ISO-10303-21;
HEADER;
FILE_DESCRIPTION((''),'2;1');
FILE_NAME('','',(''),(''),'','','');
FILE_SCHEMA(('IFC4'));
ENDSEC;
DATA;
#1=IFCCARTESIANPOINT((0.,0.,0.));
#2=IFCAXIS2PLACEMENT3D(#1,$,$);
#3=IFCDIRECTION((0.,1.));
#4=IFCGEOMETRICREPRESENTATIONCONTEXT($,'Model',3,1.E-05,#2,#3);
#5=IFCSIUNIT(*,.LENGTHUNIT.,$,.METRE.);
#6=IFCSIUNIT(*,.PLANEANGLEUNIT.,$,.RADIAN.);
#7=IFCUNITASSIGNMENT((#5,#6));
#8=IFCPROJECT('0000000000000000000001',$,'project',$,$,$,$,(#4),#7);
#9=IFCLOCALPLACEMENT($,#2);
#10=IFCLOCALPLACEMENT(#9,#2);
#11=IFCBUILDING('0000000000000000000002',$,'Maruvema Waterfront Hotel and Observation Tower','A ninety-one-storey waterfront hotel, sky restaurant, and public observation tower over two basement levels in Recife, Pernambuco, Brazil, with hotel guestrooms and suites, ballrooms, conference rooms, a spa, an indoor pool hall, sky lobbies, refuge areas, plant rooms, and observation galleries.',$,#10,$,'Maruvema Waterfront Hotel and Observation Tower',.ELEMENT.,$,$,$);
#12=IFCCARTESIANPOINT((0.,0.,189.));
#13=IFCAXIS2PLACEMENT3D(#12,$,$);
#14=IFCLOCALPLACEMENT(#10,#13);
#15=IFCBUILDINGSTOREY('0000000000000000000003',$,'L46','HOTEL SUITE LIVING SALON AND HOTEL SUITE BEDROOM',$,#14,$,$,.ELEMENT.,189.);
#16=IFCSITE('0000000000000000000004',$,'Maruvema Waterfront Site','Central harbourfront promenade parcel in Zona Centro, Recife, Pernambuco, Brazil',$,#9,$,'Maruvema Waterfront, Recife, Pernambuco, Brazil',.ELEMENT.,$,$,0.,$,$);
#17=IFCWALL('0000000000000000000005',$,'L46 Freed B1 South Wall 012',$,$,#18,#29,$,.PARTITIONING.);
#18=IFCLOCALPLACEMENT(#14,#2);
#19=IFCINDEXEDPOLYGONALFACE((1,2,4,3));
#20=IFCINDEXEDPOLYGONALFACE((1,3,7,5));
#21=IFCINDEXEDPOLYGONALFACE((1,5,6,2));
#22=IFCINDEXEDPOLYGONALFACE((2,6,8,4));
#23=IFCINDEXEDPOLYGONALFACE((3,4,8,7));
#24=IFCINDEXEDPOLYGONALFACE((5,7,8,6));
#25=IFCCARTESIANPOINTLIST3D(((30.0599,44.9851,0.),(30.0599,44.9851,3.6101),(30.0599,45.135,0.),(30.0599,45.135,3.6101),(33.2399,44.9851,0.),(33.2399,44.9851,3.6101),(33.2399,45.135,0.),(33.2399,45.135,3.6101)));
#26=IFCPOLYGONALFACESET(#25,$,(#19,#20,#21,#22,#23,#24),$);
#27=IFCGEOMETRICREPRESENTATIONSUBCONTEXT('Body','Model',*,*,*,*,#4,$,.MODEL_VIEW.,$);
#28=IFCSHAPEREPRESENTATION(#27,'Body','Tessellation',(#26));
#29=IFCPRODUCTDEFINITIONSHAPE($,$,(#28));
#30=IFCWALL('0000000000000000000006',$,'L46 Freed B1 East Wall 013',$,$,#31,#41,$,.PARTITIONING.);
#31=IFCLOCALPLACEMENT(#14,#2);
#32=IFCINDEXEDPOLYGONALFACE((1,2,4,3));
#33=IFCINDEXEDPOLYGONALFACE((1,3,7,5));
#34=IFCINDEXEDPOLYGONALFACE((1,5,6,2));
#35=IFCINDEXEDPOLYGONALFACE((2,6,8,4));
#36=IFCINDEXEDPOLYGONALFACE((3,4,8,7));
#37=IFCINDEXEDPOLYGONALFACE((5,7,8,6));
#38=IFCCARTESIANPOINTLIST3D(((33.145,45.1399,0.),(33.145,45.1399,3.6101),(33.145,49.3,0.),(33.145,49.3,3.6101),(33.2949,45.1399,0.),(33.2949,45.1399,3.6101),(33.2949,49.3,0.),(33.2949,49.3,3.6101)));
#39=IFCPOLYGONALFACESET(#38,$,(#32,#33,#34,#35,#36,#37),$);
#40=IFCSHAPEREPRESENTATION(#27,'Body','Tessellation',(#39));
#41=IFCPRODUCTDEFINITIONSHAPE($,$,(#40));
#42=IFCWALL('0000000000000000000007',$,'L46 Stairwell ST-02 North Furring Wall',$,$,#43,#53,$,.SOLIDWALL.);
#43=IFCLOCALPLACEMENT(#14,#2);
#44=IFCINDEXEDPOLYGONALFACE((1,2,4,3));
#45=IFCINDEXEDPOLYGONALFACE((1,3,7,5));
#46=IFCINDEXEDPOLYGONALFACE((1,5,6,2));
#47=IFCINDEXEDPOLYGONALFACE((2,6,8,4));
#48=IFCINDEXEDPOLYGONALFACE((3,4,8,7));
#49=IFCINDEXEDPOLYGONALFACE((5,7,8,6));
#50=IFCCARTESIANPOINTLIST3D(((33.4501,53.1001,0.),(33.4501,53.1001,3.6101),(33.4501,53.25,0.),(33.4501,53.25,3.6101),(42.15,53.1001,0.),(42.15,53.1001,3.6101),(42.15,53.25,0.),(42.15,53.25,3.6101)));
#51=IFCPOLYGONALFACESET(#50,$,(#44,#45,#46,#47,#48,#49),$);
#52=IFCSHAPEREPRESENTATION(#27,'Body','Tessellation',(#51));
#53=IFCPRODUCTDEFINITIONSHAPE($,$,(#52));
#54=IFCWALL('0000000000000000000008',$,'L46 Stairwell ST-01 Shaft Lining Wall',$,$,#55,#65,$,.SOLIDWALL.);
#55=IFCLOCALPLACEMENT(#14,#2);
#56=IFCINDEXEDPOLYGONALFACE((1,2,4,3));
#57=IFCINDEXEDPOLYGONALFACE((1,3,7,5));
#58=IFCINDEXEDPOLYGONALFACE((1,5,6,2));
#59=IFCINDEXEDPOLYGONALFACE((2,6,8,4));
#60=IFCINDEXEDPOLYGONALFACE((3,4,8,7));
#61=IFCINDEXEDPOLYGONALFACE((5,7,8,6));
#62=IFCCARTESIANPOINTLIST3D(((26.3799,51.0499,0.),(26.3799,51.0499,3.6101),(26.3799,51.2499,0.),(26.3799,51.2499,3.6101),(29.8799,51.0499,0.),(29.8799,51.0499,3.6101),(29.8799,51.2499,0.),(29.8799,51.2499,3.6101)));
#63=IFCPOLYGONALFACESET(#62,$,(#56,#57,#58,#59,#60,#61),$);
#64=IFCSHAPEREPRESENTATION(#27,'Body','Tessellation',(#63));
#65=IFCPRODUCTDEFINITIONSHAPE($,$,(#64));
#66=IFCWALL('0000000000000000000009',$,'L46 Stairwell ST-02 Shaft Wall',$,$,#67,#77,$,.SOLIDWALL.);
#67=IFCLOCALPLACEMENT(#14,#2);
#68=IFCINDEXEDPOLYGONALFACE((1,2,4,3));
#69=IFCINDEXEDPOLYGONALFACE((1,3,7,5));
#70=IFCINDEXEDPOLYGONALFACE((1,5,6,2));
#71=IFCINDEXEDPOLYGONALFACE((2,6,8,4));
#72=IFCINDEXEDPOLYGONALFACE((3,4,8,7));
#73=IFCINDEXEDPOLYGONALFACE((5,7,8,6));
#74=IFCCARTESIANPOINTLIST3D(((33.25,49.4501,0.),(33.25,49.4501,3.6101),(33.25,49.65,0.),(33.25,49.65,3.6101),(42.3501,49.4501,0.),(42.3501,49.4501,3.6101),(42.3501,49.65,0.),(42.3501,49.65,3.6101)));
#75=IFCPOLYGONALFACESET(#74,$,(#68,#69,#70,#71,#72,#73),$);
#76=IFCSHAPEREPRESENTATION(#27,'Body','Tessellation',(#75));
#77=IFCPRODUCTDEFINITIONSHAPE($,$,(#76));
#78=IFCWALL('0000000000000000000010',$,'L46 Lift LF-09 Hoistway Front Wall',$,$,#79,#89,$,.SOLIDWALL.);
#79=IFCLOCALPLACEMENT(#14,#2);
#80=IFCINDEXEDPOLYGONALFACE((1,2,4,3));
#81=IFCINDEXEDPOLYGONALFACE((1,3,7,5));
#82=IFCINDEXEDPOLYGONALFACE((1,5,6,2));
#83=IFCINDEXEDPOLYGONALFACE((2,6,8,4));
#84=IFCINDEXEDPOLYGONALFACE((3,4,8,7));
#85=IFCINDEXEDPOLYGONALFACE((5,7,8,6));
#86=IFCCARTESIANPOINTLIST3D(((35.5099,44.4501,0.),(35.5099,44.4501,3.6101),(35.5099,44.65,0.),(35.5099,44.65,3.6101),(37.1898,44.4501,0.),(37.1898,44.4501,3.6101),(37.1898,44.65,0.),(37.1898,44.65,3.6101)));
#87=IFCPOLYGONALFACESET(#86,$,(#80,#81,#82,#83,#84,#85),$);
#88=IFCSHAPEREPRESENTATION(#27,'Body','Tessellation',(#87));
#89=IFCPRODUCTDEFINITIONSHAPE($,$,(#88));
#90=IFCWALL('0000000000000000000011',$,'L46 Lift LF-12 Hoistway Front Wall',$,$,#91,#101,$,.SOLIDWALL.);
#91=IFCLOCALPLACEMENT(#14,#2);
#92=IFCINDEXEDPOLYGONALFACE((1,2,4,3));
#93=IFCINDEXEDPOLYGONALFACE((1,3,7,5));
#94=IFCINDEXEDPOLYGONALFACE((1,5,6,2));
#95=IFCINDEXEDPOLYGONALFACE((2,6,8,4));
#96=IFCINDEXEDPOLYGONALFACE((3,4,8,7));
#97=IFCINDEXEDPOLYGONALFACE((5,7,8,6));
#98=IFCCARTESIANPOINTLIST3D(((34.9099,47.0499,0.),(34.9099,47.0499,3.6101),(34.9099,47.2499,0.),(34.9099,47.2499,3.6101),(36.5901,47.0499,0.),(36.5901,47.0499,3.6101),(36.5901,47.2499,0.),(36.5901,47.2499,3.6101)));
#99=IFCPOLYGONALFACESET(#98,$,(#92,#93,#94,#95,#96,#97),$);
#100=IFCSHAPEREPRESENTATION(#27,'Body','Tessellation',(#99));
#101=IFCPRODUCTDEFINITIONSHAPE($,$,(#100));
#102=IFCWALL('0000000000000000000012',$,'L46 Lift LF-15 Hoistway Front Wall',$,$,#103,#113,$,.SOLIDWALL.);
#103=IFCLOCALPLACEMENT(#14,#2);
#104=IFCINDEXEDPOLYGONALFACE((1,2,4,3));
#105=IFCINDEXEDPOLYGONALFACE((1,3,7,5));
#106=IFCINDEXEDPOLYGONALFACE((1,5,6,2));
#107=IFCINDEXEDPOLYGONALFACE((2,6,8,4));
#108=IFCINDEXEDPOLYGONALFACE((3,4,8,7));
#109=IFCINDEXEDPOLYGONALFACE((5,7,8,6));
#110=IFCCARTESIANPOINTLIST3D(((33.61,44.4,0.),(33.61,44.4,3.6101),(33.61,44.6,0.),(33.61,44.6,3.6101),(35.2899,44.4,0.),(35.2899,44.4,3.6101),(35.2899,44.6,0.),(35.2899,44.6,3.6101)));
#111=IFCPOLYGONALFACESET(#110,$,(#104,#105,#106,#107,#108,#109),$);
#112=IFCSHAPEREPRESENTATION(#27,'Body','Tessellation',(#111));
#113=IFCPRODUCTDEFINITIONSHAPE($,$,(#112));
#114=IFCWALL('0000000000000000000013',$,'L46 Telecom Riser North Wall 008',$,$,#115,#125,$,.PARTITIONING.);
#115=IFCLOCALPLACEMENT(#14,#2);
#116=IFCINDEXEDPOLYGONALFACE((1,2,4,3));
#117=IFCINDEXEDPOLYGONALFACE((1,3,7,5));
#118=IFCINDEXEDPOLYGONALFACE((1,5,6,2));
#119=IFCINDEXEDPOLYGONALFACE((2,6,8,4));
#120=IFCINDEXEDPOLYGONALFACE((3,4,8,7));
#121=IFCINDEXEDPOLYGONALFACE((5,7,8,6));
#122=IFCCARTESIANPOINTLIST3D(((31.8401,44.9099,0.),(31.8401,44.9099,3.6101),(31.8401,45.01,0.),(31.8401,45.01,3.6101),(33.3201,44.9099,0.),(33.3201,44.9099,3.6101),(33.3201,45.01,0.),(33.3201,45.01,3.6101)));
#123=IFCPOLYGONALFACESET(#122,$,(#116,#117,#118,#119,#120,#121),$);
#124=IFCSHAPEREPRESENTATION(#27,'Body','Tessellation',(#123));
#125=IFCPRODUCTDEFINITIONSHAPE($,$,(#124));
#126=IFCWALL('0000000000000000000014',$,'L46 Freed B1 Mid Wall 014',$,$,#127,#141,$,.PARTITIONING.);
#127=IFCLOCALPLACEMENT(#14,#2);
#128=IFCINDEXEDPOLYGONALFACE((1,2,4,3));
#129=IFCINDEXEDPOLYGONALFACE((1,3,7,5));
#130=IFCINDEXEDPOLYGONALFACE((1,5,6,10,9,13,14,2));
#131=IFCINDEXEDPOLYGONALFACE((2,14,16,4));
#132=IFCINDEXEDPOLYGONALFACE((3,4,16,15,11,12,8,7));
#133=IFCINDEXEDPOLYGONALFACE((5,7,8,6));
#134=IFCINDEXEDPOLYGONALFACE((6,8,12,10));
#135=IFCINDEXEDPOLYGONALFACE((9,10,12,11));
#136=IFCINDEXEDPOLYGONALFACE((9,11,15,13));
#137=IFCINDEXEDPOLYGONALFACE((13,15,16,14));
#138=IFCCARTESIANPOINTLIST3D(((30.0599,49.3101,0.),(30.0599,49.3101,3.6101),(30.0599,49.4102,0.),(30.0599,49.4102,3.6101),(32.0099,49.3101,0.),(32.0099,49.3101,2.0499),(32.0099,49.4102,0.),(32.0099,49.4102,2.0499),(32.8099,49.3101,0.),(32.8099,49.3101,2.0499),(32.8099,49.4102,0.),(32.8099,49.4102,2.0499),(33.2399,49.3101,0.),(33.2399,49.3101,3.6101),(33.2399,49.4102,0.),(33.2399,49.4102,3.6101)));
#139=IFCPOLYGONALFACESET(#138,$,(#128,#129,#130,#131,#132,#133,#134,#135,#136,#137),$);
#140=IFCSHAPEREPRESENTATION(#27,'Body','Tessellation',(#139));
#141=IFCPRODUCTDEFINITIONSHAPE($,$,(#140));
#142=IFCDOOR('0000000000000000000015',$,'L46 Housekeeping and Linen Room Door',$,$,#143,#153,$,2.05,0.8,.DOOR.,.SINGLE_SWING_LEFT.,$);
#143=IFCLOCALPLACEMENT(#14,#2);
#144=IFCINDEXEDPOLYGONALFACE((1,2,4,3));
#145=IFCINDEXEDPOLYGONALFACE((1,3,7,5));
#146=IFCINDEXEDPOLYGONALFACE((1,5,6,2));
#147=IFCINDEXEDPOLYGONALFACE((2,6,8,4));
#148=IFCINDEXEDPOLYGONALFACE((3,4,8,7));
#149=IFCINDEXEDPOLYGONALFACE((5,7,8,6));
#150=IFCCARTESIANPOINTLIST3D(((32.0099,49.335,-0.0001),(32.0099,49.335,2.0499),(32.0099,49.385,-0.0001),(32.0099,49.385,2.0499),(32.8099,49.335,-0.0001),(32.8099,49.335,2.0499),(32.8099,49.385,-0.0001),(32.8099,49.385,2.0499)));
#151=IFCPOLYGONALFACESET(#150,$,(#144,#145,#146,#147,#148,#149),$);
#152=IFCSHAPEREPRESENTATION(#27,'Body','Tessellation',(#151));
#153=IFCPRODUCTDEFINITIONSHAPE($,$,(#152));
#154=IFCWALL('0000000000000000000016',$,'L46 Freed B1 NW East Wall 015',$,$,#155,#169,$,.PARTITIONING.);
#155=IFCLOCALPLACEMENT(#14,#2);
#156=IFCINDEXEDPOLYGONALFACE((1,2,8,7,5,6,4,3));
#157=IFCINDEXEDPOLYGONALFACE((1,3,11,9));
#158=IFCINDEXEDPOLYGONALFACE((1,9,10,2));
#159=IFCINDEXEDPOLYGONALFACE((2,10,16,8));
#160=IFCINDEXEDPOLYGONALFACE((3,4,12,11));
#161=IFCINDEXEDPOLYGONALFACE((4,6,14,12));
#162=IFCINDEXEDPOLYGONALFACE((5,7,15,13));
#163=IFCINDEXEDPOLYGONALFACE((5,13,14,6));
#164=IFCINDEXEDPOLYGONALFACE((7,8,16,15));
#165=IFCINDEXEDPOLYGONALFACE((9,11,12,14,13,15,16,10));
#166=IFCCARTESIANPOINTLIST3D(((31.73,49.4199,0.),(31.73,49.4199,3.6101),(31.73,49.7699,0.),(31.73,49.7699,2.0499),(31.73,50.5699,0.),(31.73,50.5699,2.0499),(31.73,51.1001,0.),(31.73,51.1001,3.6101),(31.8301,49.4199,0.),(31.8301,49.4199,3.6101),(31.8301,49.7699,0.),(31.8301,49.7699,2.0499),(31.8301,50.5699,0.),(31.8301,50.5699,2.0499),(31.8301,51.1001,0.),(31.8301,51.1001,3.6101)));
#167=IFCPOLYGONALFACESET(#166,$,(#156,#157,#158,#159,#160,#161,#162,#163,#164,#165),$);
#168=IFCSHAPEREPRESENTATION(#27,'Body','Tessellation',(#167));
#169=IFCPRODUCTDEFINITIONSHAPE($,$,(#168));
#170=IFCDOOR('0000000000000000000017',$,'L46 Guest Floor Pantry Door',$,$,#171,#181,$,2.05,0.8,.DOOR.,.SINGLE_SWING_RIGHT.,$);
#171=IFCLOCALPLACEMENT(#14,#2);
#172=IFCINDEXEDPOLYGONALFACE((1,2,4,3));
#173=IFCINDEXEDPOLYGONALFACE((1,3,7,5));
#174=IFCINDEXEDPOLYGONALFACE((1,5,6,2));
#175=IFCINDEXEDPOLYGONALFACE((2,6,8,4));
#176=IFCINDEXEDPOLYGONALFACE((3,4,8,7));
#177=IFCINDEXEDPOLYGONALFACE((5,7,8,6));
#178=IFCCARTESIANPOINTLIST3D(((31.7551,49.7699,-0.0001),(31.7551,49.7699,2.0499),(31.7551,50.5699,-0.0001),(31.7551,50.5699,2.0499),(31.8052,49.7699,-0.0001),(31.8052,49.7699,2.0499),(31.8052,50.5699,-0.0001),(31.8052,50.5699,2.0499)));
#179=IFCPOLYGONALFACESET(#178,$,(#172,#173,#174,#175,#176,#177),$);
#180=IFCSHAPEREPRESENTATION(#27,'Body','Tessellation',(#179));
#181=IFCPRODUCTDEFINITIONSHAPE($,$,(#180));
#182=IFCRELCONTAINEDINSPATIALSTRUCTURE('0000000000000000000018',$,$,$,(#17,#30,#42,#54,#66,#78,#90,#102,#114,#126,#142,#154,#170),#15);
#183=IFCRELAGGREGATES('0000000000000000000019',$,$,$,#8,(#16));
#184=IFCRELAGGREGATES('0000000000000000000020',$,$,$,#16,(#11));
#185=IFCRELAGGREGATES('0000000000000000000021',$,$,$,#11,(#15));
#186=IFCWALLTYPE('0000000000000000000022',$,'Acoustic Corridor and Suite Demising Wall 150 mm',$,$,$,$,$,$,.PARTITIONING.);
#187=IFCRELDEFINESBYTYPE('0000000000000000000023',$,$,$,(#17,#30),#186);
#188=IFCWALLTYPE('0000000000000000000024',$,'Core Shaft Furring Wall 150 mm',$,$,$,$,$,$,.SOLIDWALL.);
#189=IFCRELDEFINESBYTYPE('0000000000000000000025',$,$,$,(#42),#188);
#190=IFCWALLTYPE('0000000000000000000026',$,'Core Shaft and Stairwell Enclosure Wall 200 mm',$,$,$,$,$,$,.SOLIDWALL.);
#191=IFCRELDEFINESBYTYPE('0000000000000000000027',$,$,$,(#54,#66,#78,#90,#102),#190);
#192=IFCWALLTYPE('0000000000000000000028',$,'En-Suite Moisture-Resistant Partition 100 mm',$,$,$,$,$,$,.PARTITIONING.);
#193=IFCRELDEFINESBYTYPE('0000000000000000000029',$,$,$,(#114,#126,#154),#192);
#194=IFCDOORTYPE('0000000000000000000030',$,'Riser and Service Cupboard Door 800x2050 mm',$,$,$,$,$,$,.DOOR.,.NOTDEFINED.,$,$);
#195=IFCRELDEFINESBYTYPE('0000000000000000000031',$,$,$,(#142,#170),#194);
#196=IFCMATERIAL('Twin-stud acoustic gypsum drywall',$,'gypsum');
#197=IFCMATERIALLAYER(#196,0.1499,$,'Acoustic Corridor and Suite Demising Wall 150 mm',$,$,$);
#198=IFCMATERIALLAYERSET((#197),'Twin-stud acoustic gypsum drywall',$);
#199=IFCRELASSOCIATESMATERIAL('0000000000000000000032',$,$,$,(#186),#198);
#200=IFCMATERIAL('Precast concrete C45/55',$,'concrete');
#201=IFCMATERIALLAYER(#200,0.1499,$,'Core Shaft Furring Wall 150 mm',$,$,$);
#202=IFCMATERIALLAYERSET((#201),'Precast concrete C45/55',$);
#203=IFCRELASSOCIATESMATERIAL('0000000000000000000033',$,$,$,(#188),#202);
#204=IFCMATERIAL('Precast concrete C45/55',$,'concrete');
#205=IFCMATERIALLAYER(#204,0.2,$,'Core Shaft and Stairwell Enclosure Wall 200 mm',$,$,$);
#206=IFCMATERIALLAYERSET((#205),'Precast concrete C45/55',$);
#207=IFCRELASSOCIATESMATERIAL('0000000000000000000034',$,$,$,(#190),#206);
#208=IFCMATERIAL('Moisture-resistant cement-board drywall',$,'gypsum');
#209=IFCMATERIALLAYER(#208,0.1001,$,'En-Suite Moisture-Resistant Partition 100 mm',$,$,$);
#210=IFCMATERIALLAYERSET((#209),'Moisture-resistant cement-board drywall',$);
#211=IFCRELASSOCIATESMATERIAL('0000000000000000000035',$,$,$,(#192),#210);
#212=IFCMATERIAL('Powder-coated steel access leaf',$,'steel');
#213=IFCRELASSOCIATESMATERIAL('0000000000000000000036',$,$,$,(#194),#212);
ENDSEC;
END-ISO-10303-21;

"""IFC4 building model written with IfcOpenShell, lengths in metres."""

from ifc_helpers import new_model, si_unit, direction, frame, frame_2d, origin, place, context, subcontext, project, spatial, rectangle, extrude, material, layer, layer_set, type_object, element, fill, save


model = new_model("IFC4")

# Units and contexts
model_context = context("Model", 3, precision=1e-05, world=origin(), true_north=direction((0.0, 1.0)))
body_context = subcontext(model_context, "Body", "Model", "MODEL_VIEW")
ifc_project = project(units=[si_unit("LENGTHUNIT", "METRE"), si_unit("PLANEANGLEUNIT", "RADIAN")], contexts=[model_context])

# Site, building, storey
site_placement = place(None, origin())
site = spatial("IfcSite", under=ifc_project, at=site_placement, Name="Maruvema Waterfront Site", Description="Central harbourfront promenade parcel in Zona Centro, Recife, Pernambuco, Brazil", LongName="Maruvema Waterfront, Recife, Pernambuco, Brazil", CompositionType="ELEMENT", RefElevation=0.0)
building_placement = place(site_placement, origin())
building = spatial("IfcBuilding", under=site, at=building_placement, Name="Maruvema Waterfront Hotel and Observation Tower", Description="A ninety-one-storey waterfront hotel, sky restaurant, and public observation tower over two basement levels in Recife, Pernambuco, Brazil, with hotel guestrooms and suites, ballrooms, conference rooms, a spa, an indoor pool hall, sky lobbies, refuge areas, plant rooms, and observation galleries.", LongName="Maruvema Waterfront Hotel and Observation Tower", CompositionType="ELEMENT")
storey_placement = place(building_placement, frame((0.0, 0.0, 189.0)))
storey = spatial("IfcBuildingStorey", under=building, at=storey_placement, Name="L46", Description="HOTEL SUITE LIVING SALON AND HOTEL SUITE BEDROOM", CompositionType="ELEMENT", Elevation=189.0)

# Walls
ifc_material_1 = material(Name="Twin-stud acoustic gypsum drywall", Category="gypsum")
ifc_layer_1 = layer(ifc_material_1, 0.1499, Name="Acoustic Corridor and Suite Demising Wall 150 mm")
ifc_layer_set_1 = layer_set([ifc_layer_1], Name="Twin-stud acoustic gypsum drywall")
wall_type_1 = type_object("IfcWallType", Name="Acoustic Corridor and Suite Demising Wall 150 mm", PredefinedType="PARTITIONING", material=ifc_layer_set_1)
wall_1_placement = place(storey_placement, frame((30.0601, 45.0601, 0.0), z_axis=(0.0, 0.0, 1.0), x_axis=(1.0, 0.0, 0.0)))
element("IfcWall", 1, at=wall_1_placement, inside=storey, type_object=wall_type_1, Name="L46 Freed B1 South Wall 012", PredefinedType="PARTITIONING", context=body_context, shape_type="SweptSolid", body=[
    extrude(rectangle(XDim=3.1799, YDim=0.1499, at=frame_2d((1.5898, 0.0))), origin(), (0.0, 0.0, 1.0), 3.6101),
])
wall_2_placement = place(storey_placement, frame((33.22, 45.1399, 0.0), z_axis=(0.0, 0.0, 1.0), x_axis=(0.0, 1.0, 0.0)))
element("IfcWall", 2, at=wall_2_placement, inside=storey, type_object=wall_type_1, Name="L46 Freed B1 East Wall 013", PredefinedType="PARTITIONING", context=body_context, shape_type="SweptSolid", body=[
    extrude(rectangle(XDim=4.1602, YDim=0.1499, at=frame_2d((2.0801, 0.0))), origin(), (0.0, 0.0, 1.0), 3.6101),
])
ifc_material_2 = material(Name="Precast concrete C45/55", Category="concrete")
ifc_layer_2 = layer(ifc_material_2, 0.1499, Name="Core Shaft Furring Wall 150 mm")
ifc_layer_set_2 = layer_set([ifc_layer_2], Name="Precast concrete C45/55")
wall_type_2 = type_object("IfcWallType", Name="Core Shaft Furring Wall 150 mm", PredefinedType="SOLIDWALL", material=ifc_layer_set_2)
wall_3_placement = place(storey_placement, frame((33.45, 53.175, 0.0), z_axis=(0.0, 0.0, 1.0), x_axis=(1.0, 0.0, 0.0)))
element("IfcWall", 3, at=wall_3_placement, inside=storey, type_object=wall_type_2, Name="L46 Stairwell ST-02 North Furring Wall", PredefinedType="SOLIDWALL", context=body_context, shape_type="SweptSolid", body=[
    extrude(rectangle(XDim=8.7, YDim=0.1499, at=frame_2d((4.3501, 0.0))), origin(), (0.0, 0.0, 1.0), 3.6101),
])
ifc_material_3 = material(Name="Precast concrete C45/55", Category="concrete")
ifc_layer_3 = layer(ifc_material_3, 0.2, Name="Core Shaft and Stairwell Enclosure Wall 200 mm")
ifc_layer_set_3 = layer_set([ifc_layer_3], Name="Precast concrete C45/55")
wall_type_3 = type_object("IfcWallType", Name="Core Shaft and Stairwell Enclosure Wall 200 mm", PredefinedType="SOLIDWALL", material=ifc_layer_set_3)
wall_4_placement = place(storey_placement, frame((26.3799, 51.1499, 0.0), z_axis=(0.0, 0.0, 1.0), x_axis=(1.0, 0.0, 0.0)))
element("IfcWall", 4, at=wall_4_placement, inside=storey, type_object=wall_type_3, Name="L46 Stairwell ST-01 Shaft Lining Wall", PredefinedType="SOLIDWALL", context=body_context, shape_type="SweptSolid", body=[
    extrude(rectangle(XDim=3.5, YDim=0.2, at=frame_2d((1.75, 0.0))), origin(), (0.0, 0.0, 1.0), 3.6101),
])
wall_5_placement = place(storey_placement, frame((33.25, 49.55, 0.0), z_axis=(0.0, 0.0, 1.0), x_axis=(1.0, 0.0, 0.0)))
element("IfcWall", 5, at=wall_5_placement, inside=storey, type_object=wall_type_3, Name="L46 Stairwell ST-02 Shaft Wall", PredefinedType="SOLIDWALL", context=body_context, shape_type="SweptSolid", body=[
    extrude(rectangle(XDim=9.1001, YDim=0.2, at=frame_2d((4.55, 0.0))), origin(), (0.0, 0.0, 1.0), 3.6101),
])

# Walls
wall_6_placement = place(storey_placement, frame((35.51, 44.55, 0.0), z_axis=(0.0, 0.0, 1.0), x_axis=(1.0, 0.0, 0.0)))
element("IfcWall", 6, at=wall_6_placement, inside=storey, type_object=wall_type_3, Name="L46 Lift LF-09 Hoistway Front Wall", PredefinedType="SOLIDWALL", context=body_context, shape_type="SweptSolid", body=[
    extrude(rectangle(XDim=1.6799, YDim=0.2, at=frame_2d((0.8398, 0.0))), origin(), (0.0, 0.0, 1.0), 3.6101),
])
wall_7_placement = place(storey_placement, frame((34.9099, 47.1499, 0.0), z_axis=(0.0, 0.0, 1.0), x_axis=(1.0, 0.0, 0.0)))
element("IfcWall", 7, at=wall_7_placement, inside=storey, type_object=wall_type_3, Name="L46 Lift LF-12 Hoistway Front Wall", PredefinedType="SOLIDWALL", context=body_context, shape_type="SweptSolid", body=[
    extrude(rectangle(XDim=1.6802, YDim=0.2, at=frame_2d((0.8401, 0.0))), origin(), (0.0, 0.0, 1.0), 3.6101),
])
wall_8_placement = place(storey_placement, frame((33.6101, 44.5, 0.0), z_axis=(0.0, 0.0, 1.0), x_axis=(1.0, 0.0, 0.0)))
element("IfcWall", 8, at=wall_8_placement, inside=storey, type_object=wall_type_3, Name="L46 Lift LF-15 Hoistway Front Wall", PredefinedType="SOLIDWALL", context=body_context, shape_type="SweptSolid", body=[
    extrude(rectangle(XDim=1.6799, YDim=0.2, at=frame_2d((0.8398, 0.0))), origin(), (0.0, 0.0, 1.0), 3.6101),
])
ifc_material_4 = material(Name="Moisture-resistant cement-board drywall", Category="gypsum")
ifc_layer_4 = layer(ifc_material_4, 0.1001, Name="En-Suite Moisture-Resistant Partition 100 mm")
ifc_layer_set_4 = layer_set([ifc_layer_4], Name="Moisture-resistant cement-board drywall")
wall_type_4 = type_object("IfcWallType", Name="En-Suite Moisture-Resistant Partition 100 mm", PredefinedType="PARTITIONING", material=ifc_layer_set_4)
wall_9_placement = place(storey_placement, frame((31.8401, 44.96, 0.0), z_axis=(0.0, 0.0, 1.0), x_axis=(1.0, 0.0, 0.0)))
element("IfcWall", 9, at=wall_9_placement, inside=storey, type_object=wall_type_4, Name="L46 Telecom Riser North Wall 008", PredefinedType="PARTITIONING", context=body_context, shape_type="SweptSolid", body=[
    extrude(rectangle(XDim=1.48, YDim=0.1001, at=frame_2d((0.74, 0.0))), origin(), (0.0, 0.0, 1.0), 3.6101),
])

# Walls, openings, doors
wall_10_placement = place(storey_placement, frame((30.0601, 49.3601, 0.0), z_axis=(0.0, 0.0, 1.0), x_axis=(1.0, 0.0, 0.0)))
wall_10 = element("IfcWall", 10, at=wall_10_placement, inside=storey, type_object=wall_type_4, Name="L46 Freed B1 Mid Wall 014", PredefinedType="PARTITIONING", context=body_context, shape_type="SweptSolid", body=[
    extrude(rectangle(XDim=3.1799, YDim=0.1001, at=frame_2d((1.5898, 0.0))), origin(), (0.0, 0.0, 1.0), 3.6101),
])
opening_1_placement = place(wall_10_placement, frame((1.95, 0.0, 0.0)))
opening_1 = element("IfcOpeningElement", 11, at=opening_1_placement, cuts=wall_10, PredefinedType="OPENING", context=body_context, shape_type="SweptSolid", body=[
    extrude(rectangle(XDim=0.8, YDim=2.05, at=frame_2d((0.3999, 1.0249))), frame((0.0, 0.0601, 0.0), z_axis=(0.0, -1.0, 0.0), x_axis=(1.0, 0.0, 0.0)), (0.0, 0.0, 1.0), 0.1201),
])
ifc_material_5 = material(Name="Powder-coated steel access leaf", Category="steel")
door_type_1 = type_object("IfcDoorType", Name="Riser and Service Cupboard Door 800x2050 mm", OperationType="NOTDEFINED", PredefinedType="DOOR", material=ifc_material_5)
door_1_placement = place(opening_1_placement, origin())
door_1 = element("IfcDoor", 12, at=door_1_placement, inside=storey, type_object=door_type_1, Name="L46 Housekeeping and Linen Room Door", OperationType="SINGLE_SWING_LEFT", OverallHeight=2.05, OverallWidth=0.8, PredefinedType="DOOR", context=body_context, shape_type="SweptSolid", body=[
    extrude(rectangle(XDim=0.8, YDim=2.05, at=frame_2d((0.3999, 1.0249))), frame((0.0, 0.0249, 0.0), z_axis=(0.0, -1.0, 0.0), x_axis=(1.0, 0.0, 0.0)), (0.0, 0.0, 1.0), 0.05),
])
fill(opening_1, door_1)
wall_11_placement = place(storey_placement, frame((31.78, 49.4199, 0.0), z_axis=(0.0, 0.0, 1.0), x_axis=(0.0, 1.0, 0.0)))
wall_11 = element("IfcWall", 13, at=wall_11_placement, inside=storey, type_object=wall_type_4, Name="L46 Freed B1 NW East Wall 015", PredefinedType="PARTITIONING", context=body_context, shape_type="SweptSolid", body=[
    extrude(rectangle(XDim=1.6802, YDim=0.1001, at=frame_2d((0.8401, 0.0))), origin(), (0.0, 0.0, 1.0), 3.6101),
])
opening_2_placement = place(wall_11_placement, frame((0.3501, 0.0, 0.0)))
opening_2 = element("IfcOpeningElement", 14, at=opening_2_placement, cuts=wall_11, PredefinedType="OPENING", context=body_context, shape_type="SweptSolid", body=[
    extrude(rectangle(XDim=0.8, YDim=2.05, at=frame_2d((0.3999, 1.0249))), frame((0.0, 0.0601, 0.0), z_axis=(0.0, -1.0, 0.0), x_axis=(1.0, 0.0, 0.0)), (0.0, 0.0, 1.0), 0.1201),
])
door_2_placement = place(opening_2_placement, origin())
door_2 = element("IfcDoor", 15, at=door_2_placement, inside=storey, type_object=door_type_1, Name="L46 Guest Floor Pantry Door", OperationType="SINGLE_SWING_RIGHT", OverallHeight=2.05, OverallWidth=0.8, PredefinedType="DOOR", context=body_context, shape_type="SweptSolid", body=[
    extrude(rectangle(XDim=0.8, YDim=2.05, at=frame_2d((0.3999, 1.0249))), frame((0.0, 0.0249, 0.0), z_axis=(0.0, -1.0, 0.0), x_axis=(1.0, 0.0, 0.0)), (0.0, 0.0, 1.0), 0.05),
])
fill(opening_2, door_2)

save(model, "model.ifc")
